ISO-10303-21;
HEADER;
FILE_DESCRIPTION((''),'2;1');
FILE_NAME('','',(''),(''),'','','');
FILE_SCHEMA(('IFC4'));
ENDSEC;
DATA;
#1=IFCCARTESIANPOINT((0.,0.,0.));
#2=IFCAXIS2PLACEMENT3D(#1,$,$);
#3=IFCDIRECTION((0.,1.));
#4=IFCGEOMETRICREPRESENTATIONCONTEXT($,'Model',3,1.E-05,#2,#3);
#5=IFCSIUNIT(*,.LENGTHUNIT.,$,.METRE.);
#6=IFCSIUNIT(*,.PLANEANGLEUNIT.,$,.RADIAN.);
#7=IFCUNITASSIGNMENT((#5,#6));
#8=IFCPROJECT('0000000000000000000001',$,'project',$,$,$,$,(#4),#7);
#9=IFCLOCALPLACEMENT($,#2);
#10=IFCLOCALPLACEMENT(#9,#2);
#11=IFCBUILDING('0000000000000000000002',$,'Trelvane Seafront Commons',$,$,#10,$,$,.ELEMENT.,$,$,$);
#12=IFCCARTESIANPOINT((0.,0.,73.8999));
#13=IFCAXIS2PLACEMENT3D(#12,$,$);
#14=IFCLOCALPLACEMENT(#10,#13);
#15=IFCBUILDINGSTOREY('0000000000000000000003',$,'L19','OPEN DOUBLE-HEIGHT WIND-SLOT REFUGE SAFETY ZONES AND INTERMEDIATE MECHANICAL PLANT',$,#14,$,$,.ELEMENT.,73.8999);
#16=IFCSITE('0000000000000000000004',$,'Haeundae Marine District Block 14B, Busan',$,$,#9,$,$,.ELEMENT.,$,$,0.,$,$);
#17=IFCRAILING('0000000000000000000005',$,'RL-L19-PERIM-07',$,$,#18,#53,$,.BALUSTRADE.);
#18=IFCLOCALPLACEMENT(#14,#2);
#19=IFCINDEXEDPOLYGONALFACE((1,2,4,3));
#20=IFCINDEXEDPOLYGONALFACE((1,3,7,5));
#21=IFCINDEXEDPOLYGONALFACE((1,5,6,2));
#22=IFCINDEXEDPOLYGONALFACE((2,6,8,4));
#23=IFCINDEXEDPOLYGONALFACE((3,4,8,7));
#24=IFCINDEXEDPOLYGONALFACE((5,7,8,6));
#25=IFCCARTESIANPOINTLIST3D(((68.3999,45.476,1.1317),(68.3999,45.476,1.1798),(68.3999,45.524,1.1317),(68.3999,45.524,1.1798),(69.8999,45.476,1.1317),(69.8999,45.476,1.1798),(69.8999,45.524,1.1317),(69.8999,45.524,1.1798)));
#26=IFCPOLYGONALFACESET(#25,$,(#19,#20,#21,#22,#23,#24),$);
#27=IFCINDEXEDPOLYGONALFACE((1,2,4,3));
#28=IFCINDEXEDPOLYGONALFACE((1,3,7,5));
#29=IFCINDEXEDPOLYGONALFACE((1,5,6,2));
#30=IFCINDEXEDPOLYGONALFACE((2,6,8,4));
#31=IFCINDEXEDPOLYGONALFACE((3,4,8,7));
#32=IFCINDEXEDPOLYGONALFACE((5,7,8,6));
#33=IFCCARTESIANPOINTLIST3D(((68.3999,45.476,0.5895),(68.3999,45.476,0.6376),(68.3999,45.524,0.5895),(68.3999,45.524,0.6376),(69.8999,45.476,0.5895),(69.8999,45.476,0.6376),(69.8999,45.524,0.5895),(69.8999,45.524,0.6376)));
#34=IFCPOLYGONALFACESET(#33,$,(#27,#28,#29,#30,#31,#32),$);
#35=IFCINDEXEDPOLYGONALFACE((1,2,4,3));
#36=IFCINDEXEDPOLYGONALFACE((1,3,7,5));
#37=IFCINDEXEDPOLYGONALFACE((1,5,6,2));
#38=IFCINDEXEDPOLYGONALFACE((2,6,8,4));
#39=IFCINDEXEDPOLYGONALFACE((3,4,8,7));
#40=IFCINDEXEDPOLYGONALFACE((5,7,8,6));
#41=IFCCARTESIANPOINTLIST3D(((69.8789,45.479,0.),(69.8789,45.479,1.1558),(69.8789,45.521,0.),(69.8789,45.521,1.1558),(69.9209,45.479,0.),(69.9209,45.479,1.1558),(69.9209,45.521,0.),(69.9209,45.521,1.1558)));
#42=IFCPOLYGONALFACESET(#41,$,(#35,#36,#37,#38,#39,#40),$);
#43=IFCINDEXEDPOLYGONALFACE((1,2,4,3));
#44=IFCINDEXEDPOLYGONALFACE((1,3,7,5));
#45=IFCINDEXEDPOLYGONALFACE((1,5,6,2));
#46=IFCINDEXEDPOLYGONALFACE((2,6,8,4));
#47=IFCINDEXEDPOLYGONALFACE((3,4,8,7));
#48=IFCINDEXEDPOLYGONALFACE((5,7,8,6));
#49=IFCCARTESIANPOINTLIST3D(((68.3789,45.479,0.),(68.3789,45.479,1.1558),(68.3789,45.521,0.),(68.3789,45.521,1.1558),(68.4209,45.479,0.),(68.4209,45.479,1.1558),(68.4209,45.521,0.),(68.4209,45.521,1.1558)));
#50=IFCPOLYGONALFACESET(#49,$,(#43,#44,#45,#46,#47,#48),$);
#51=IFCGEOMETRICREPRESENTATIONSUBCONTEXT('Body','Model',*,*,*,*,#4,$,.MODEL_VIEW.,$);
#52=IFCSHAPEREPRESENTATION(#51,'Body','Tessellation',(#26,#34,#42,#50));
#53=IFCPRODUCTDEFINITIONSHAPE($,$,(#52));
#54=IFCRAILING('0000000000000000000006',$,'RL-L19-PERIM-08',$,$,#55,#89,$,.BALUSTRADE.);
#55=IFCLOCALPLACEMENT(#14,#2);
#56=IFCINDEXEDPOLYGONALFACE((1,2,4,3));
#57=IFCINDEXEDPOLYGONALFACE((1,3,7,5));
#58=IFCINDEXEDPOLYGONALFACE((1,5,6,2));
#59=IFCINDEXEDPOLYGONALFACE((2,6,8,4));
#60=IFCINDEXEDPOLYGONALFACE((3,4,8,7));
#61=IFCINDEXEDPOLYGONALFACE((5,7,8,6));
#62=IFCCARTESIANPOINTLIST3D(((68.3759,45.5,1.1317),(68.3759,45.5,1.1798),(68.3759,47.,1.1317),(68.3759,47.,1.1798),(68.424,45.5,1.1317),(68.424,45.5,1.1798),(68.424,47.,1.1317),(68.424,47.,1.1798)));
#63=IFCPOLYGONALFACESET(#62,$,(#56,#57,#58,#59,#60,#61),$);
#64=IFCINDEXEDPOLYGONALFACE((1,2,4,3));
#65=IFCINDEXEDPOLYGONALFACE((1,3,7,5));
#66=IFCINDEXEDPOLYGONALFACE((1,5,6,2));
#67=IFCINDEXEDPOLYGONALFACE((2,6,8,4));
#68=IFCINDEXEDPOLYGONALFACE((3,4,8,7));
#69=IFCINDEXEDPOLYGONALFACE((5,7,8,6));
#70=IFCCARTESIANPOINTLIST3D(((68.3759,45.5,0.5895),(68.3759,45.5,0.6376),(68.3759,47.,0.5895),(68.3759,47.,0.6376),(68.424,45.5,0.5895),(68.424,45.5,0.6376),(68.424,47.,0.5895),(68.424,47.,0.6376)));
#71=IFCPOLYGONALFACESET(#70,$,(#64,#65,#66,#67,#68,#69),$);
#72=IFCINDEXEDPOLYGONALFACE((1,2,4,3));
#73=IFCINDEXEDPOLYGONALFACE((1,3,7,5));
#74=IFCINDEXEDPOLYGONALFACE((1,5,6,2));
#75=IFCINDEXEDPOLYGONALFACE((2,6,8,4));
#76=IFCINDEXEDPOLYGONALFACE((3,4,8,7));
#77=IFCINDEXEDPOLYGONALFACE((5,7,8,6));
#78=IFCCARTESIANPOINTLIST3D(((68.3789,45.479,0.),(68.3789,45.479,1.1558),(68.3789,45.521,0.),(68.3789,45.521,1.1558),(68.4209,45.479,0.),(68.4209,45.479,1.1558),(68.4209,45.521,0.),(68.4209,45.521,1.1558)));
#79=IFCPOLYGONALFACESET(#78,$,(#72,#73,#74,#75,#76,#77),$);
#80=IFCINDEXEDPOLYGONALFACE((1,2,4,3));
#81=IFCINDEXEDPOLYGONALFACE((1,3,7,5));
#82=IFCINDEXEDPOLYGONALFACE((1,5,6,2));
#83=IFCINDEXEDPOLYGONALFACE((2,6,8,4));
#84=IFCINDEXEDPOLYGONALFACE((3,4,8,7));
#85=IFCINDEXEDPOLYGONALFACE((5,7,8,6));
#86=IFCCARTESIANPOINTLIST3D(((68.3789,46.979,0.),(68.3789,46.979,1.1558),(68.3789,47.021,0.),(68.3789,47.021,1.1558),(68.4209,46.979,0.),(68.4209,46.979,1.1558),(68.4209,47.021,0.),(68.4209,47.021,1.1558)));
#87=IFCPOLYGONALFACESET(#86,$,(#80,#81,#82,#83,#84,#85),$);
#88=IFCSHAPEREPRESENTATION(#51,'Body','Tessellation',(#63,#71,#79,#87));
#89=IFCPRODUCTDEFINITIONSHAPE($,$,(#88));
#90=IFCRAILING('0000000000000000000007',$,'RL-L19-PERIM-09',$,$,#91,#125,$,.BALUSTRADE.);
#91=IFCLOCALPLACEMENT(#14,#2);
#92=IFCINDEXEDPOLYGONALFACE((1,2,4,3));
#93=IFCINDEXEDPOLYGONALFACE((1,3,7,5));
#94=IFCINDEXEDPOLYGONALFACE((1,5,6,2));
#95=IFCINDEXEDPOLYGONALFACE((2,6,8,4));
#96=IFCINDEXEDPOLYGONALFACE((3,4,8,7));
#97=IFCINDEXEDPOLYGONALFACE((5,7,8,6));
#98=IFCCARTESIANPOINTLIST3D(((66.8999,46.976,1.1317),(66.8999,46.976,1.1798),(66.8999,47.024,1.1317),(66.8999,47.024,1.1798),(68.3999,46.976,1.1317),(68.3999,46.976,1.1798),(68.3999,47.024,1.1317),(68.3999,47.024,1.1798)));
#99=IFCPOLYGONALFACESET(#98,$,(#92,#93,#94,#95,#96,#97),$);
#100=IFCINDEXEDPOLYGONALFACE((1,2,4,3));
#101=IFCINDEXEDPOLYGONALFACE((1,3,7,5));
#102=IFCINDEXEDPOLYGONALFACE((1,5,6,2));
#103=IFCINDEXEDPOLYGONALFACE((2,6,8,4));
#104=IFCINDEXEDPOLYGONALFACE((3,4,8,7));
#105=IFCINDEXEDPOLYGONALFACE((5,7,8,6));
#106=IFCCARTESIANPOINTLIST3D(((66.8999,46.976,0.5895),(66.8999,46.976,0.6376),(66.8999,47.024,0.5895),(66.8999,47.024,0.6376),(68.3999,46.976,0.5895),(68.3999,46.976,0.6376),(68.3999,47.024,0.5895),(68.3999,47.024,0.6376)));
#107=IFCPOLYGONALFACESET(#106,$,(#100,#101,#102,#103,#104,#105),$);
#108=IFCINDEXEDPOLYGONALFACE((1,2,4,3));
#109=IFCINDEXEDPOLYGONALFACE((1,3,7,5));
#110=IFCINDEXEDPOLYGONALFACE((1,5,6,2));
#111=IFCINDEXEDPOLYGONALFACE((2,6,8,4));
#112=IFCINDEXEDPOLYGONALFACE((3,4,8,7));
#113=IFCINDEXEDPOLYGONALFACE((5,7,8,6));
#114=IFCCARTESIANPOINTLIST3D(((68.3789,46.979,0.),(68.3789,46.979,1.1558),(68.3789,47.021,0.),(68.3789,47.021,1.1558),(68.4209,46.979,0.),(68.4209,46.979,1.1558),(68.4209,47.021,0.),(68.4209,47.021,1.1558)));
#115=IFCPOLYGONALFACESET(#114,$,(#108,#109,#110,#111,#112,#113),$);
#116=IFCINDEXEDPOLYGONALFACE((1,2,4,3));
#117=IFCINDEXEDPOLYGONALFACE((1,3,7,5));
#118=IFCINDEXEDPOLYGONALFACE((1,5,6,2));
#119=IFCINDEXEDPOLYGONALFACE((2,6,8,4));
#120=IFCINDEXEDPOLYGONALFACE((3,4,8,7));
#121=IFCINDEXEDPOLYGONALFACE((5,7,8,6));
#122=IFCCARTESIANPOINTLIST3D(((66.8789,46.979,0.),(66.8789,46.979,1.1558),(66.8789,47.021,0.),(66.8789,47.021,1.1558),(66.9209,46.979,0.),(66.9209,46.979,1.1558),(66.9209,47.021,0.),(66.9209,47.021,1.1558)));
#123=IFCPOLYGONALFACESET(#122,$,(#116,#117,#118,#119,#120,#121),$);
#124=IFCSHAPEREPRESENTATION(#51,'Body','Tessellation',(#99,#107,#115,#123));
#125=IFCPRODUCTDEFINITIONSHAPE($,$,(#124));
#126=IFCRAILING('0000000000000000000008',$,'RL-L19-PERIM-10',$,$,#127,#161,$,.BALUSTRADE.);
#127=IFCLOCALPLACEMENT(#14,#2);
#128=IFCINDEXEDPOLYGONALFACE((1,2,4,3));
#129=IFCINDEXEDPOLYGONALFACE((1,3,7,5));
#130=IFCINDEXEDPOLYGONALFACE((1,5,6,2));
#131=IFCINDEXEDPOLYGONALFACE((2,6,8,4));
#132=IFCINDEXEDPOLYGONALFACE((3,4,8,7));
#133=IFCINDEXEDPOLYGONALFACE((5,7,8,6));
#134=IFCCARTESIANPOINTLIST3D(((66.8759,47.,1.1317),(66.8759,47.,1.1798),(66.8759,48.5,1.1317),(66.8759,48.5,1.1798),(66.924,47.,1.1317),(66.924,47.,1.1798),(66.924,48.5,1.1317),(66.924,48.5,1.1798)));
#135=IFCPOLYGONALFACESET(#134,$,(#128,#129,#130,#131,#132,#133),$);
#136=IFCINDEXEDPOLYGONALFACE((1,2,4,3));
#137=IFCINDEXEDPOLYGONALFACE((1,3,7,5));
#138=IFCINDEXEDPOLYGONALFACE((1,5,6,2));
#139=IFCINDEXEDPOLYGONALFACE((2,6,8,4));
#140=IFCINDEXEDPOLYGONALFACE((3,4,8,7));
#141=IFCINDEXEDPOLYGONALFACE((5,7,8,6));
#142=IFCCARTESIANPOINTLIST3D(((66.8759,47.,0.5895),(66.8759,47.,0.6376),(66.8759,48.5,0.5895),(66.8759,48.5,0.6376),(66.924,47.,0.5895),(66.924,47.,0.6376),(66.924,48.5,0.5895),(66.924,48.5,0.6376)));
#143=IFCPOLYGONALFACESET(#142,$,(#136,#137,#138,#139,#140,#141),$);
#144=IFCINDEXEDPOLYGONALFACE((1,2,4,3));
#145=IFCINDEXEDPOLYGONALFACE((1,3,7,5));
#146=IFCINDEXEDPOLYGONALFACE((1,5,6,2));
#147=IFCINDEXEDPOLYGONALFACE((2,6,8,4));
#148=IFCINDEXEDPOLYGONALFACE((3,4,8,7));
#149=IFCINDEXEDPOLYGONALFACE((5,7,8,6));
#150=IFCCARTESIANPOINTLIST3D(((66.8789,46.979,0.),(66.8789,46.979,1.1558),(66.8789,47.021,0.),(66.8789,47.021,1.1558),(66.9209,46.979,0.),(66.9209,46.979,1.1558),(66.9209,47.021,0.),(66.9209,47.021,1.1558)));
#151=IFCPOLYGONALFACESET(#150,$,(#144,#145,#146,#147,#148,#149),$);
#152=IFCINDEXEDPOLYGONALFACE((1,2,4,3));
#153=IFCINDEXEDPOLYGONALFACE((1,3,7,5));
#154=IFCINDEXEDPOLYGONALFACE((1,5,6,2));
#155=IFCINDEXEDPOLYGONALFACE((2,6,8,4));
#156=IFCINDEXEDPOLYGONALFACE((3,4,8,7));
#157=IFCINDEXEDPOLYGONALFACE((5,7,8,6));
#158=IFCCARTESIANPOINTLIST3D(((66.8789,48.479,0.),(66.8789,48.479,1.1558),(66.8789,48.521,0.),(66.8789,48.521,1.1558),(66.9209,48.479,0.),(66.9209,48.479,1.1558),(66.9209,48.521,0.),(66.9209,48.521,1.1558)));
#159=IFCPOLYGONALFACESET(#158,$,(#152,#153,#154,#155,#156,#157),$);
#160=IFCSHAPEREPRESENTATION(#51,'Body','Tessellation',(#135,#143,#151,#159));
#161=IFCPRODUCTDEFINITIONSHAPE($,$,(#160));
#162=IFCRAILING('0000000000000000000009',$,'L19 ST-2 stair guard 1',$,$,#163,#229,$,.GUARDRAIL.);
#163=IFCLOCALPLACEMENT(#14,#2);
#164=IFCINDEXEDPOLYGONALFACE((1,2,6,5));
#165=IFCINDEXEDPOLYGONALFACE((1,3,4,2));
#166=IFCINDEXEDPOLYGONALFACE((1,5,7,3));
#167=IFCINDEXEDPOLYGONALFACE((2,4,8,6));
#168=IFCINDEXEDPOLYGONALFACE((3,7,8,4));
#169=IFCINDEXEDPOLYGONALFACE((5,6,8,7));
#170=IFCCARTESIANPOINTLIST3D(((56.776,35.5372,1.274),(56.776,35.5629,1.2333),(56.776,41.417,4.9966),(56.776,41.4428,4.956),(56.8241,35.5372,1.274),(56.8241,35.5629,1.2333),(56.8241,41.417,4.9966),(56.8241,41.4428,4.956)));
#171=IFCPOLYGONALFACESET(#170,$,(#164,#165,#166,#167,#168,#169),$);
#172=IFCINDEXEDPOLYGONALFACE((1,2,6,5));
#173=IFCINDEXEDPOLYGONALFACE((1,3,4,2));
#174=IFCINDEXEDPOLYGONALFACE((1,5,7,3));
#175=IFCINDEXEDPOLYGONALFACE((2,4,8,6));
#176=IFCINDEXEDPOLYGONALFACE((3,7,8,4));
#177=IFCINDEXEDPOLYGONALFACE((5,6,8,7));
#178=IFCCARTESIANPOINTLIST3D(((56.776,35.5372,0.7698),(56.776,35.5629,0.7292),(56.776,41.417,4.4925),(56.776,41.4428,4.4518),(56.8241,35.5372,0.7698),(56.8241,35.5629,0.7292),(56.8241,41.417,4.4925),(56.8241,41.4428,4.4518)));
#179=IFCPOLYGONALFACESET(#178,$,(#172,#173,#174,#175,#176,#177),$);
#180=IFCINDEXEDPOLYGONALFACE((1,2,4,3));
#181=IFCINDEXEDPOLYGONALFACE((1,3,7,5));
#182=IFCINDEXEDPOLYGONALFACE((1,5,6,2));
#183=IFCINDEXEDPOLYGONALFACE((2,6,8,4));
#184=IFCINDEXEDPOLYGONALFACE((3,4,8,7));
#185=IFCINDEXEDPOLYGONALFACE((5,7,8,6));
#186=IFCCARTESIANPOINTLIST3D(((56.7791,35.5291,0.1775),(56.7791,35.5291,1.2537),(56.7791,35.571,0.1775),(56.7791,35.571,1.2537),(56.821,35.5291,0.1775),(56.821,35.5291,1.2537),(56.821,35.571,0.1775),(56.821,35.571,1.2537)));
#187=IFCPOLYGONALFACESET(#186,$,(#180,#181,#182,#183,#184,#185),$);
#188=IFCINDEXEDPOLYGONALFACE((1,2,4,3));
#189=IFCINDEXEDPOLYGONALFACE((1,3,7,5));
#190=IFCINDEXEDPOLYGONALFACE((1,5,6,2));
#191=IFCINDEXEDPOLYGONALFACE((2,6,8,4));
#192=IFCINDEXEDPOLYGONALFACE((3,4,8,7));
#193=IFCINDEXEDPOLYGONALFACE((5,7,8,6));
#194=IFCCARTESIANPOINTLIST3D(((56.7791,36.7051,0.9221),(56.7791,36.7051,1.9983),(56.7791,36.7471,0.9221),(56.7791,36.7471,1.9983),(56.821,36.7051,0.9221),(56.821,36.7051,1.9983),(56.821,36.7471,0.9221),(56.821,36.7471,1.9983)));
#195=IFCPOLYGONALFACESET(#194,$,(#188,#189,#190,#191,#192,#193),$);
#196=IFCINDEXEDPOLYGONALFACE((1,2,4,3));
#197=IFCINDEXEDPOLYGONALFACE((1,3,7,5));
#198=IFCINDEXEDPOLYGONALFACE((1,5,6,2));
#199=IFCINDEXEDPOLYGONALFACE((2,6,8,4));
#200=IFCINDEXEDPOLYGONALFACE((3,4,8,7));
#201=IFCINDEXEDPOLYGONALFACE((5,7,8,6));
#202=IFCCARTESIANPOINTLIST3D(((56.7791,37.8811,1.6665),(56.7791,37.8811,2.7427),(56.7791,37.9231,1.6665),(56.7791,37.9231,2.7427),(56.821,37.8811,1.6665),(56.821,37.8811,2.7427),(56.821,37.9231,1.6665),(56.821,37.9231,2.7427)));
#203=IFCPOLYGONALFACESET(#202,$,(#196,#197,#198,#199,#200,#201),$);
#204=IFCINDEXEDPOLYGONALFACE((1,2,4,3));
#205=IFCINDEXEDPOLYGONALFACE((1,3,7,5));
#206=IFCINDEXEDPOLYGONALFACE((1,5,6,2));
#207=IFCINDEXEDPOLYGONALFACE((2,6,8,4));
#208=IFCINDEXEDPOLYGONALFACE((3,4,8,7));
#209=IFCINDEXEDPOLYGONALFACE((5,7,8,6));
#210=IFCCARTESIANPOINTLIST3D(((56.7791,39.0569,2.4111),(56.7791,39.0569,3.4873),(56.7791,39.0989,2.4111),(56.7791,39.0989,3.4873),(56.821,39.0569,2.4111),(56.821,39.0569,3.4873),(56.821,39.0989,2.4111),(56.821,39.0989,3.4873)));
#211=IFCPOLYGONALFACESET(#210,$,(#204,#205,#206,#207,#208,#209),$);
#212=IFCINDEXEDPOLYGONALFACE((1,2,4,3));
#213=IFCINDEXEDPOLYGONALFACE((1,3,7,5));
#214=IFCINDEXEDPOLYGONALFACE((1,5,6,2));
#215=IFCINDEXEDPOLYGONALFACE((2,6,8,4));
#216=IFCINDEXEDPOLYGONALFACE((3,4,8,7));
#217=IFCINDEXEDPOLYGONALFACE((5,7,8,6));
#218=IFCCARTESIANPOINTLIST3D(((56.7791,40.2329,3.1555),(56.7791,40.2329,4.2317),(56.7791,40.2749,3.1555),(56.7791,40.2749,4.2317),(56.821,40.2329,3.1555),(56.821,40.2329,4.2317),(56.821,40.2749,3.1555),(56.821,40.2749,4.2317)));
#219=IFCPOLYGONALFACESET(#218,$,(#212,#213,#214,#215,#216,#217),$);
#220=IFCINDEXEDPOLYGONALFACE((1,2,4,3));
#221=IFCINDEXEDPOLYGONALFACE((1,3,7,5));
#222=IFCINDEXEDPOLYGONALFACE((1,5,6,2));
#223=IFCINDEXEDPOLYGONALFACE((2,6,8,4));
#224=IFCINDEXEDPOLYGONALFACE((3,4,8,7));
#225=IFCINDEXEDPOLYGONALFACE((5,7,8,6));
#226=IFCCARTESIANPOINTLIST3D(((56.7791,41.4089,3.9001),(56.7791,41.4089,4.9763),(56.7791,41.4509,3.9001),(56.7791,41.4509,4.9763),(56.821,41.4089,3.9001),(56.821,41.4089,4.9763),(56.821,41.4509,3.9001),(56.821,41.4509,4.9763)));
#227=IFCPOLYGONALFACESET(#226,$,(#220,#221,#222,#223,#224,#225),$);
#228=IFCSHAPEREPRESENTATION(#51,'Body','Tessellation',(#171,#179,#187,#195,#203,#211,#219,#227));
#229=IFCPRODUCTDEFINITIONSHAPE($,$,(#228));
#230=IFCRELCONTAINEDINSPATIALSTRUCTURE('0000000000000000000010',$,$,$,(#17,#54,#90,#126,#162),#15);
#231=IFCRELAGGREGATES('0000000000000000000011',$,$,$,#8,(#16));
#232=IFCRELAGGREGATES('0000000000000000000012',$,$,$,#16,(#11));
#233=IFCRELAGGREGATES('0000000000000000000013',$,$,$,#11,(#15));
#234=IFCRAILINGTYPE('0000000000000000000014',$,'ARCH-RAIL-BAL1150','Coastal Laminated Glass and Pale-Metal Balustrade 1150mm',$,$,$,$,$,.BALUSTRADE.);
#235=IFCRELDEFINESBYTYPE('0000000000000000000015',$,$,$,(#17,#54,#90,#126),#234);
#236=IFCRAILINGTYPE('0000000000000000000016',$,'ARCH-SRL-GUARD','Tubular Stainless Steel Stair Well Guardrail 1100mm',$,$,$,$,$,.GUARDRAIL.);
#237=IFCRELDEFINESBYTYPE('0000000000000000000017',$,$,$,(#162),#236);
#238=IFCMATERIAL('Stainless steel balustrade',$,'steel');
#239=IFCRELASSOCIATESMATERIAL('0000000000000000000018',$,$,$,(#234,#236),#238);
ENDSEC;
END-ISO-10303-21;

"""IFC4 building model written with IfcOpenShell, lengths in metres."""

from ifc_helpers import new_model, si_unit, direction, frame, origin, origin_2d, place, context, subcontext, project, spatial, rectangle, extrude, material, type_object, element, save


model = new_model("IFC4")

# Units and contexts
model_context = context("Model", 3, precision=1e-05, world=origin(), true_north=direction((0.0, 1.0)))
body_context = subcontext(model_context, "Body", "Model", "MODEL_VIEW")
ifc_project = project(units=[si_unit("LENGTHUNIT", "METRE"), si_unit("PLANEANGLEUNIT", "RADIAN")], contexts=[model_context])

# Site, building, storey
site_placement = place(None, origin())
site = spatial("IfcSite", under=ifc_project, at=site_placement, Name="Haeundae Marine District Block 14B, Busan", CompositionType="ELEMENT", RefElevation=0.0)
building_placement = place(site_placement, origin())
building = spatial("IfcBuilding", under=site, at=building_placement, Name="Trelvane Seafront Commons", CompositionType="ELEMENT")
storey_placement = place(building_placement, frame((0.0, 0.0, 73.8999)))
storey = spatial("IfcBuildingStorey", under=building, at=storey_placement, Name="L19", Description="OPEN DOUBLE-HEIGHT WIND-SLOT REFUGE SAFETY ZONES AND INTERMEDIATE MECHANICAL PLANT", CompositionType="ELEMENT", Elevation=73.8999)

# Railings
ifc_material_1 = material(Name="Stainless steel balustrade", Category="steel")
railing_type_1 = type_object("IfcRailingType", Name="ARCH-RAIL-BAL1150", Description="Coastal Laminated Glass and Pale-Metal Balustrade 1150mm", PredefinedType="BALUSTRADE", material=ifc_material_1)
railing_1_placement = place(storey_placement, frame((69.8999, 45.5, 0.0)))
element("IfcRailing", 1, at=railing_1_placement, inside=storey, type_object=railing_type_1, Name="RL-L19-PERIM-07", PredefinedType="BALUSTRADE", context=body_context, shape_type="SweptSolid", body=[
    extrude(rectangle(XDim=0.0481, YDim=0.0481, at=origin_2d()), frame((0.0, 0.0, 1.1558), z_axis=(-1.0, 0.0, 0.0), x_axis=(0.0, -1.0, 0.0)), (0.0, 0.0, 1.0), 1.5),
    extrude(rectangle(XDim=0.0481, YDim=0.0481, at=origin_2d()), frame((0.0, 0.0, 0.6135), z_axis=(-1.0, 0.0, 0.0), x_axis=(0.0, -1.0, 0.0)), (0.0, 0.0, 1.0), 1.5),
    extrude(rectangle(XDim=0.042, YDim=0.042, at=origin_2d()), origin(), (0.0, 0.0, 1.0), 1.1558),
    extrude(rectangle(XDim=0.042, YDim=0.042, at=origin_2d()), frame((-1.5, 0.0, 0.0)), (0.0, 0.0, 1.0), 1.1558),
])
railing_2_placement = place(storey_placement, frame((68.3999, 45.5, 0.0)))
element("IfcRailing", 2, at=railing_2_placement, inside=storey, type_object=railing_type_1, Name="RL-L19-PERIM-08", PredefinedType="BALUSTRADE", context=body_context, shape_type="SweptSolid", body=[
    extrude(rectangle(XDim=0.0481, YDim=0.0481, at=origin_2d()), frame((0.0, 0.0, 1.1558), z_axis=(0.0, 1.0, 0.0), x_axis=(-1.0, 0.0, 0.0)), (0.0, 0.0, 1.0), 1.5),
    extrude(rectangle(XDim=0.0481, YDim=0.0481, at=origin_2d()), frame((0.0, 0.0, 0.6135), z_axis=(0.0, 1.0, 0.0), x_axis=(-1.0, 0.0, 0.0)), (0.0, 0.0, 1.0), 1.5),
    extrude(rectangle(XDim=0.042, YDim=0.042, at=origin_2d()), origin(), (0.0, 0.0, 1.0), 1.1558),
    extrude(rectangle(XDim=0.042, YDim=0.042, at=origin_2d()), frame((0.0, 1.5, 0.0)), (0.0, 0.0, 1.0), 1.1558),
])
railing_3_placement = place(storey_placement, frame((68.3999, 47.0, 0.0)))
element("IfcRailing", 3, at=railing_3_placement, inside=storey, type_object=railing_type_1, Name="RL-L19-PERIM-09", PredefinedType="BALUSTRADE", context=body_context, shape_type="SweptSolid", body=[
    extrude(rectangle(XDim=0.0481, YDim=0.0481, at=origin_2d()), frame((0.0, 0.0, 1.1558), z_axis=(-1.0, 0.0, 0.0), x_axis=(0.0, -1.0, 0.0)), (0.0, 0.0, 1.0), 1.5),
    extrude(rectangle(XDim=0.0481, YDim=0.0481, at=origin_2d()), frame((0.0, 0.0, 0.6135), z_axis=(-1.0, 0.0, 0.0), x_axis=(0.0, -1.0, 0.0)), (0.0, 0.0, 1.0), 1.5),
    extrude(rectangle(XDim=0.042, YDim=0.042, at=origin_2d()), origin(), (0.0, 0.0, 1.0), 1.1558),
    extrude(rectangle(XDim=0.042, YDim=0.042, at=origin_2d()), frame((-1.5, 0.0, 0.0)), (0.0, 0.0, 1.0), 1.1558),
])
railing_4_placement = place(storey_placement, frame((66.8999, 47.0, 0.0)))
element("IfcRailing", 4, at=railing_4_placement, inside=storey, type_object=railing_type_1, Name="RL-L19-PERIM-10", PredefinedType="BALUSTRADE", context=body_context, shape_type="SweptSolid", body=[
    extrude(rectangle(XDim=0.0481, YDim=0.0481, at=origin_2d()), frame((0.0, 0.0, 1.1558), z_axis=(0.0, 1.0, 0.0), x_axis=(-1.0, 0.0, 0.0)), (0.0, 0.0, 1.0), 1.5),
    extrude(rectangle(XDim=0.0481, YDim=0.0481, at=origin_2d()), frame((0.0, 0.0, 0.6135), z_axis=(0.0, 1.0, 0.0), x_axis=(-1.0, 0.0, 0.0)), (0.0, 0.0, 1.0), 1.5),
    extrude(rectangle(XDim=0.042, YDim=0.042, at=origin_2d()), origin(), (0.0, 0.0, 1.0), 1.1558),
    extrude(rectangle(XDim=0.042, YDim=0.042, at=origin_2d()), frame((0.0, 1.5, 0.0)), (0.0, 0.0, 1.0), 1.1558),
])
railing_type_2 = type_object("IfcRailingType", Name="ARCH-SRL-GUARD", Description="Tubular Stainless Steel Stair Well Guardrail 1100mm", PredefinedType="GUARDRAIL", material=ifc_material_1)
railing_5_placement = place(storey_placement, frame((56.8, 35.55, 0.1775)))
element("IfcRailing", 5, at=railing_5_placement, inside=storey, type_object=railing_type_2, Name="L19 ST-2 stair guard 1", PredefinedType="GUARDRAIL", context=body_context, shape_type="SweptSolid", body=[
    extrude(rectangle(XDim=0.0481, YDim=0.0481, at=origin_2d()), frame((0.0, 0.0, 1.0762), z_axis=(0.0, 0.844902, 0.534922), x_axis=(-1.0, 0.0, 0.0)), (0.0, 0.0, 1.0), 6.9592),
    extrude(rectangle(XDim=0.0481, YDim=0.0481, at=origin_2d()), frame((0.0, 0.0, 0.572), z_axis=(0.0, 0.844902, 0.534922), x_axis=(-1.0, 0.0, 0.0)), (0.0, 0.0, 1.0), 6.9592),
    extrude(rectangle(XDim=0.042, YDim=0.042, at=origin_2d()), origin(), (0.0, 0.0, 1.0), 1.0762),
    extrude(rectangle(XDim=0.042, YDim=0.042, at=origin_2d()), frame((0.0, 1.176, 0.7446)), (0.0, 0.0, 1.0), 1.0762),
    extrude(rectangle(XDim=0.042, YDim=0.042, at=origin_2d()), frame((0.0, 2.3521, 1.489)), (0.0, 0.0, 1.0), 1.0762),
    extrude(rectangle(XDim=0.042, YDim=0.042, at=origin_2d()), frame((0.0, 3.5278, 2.2336)), (0.0, 0.0, 1.0), 1.0762),
    extrude(rectangle(XDim=0.042, YDim=0.042, at=origin_2d()), frame((0.0, 4.7039, 2.978)), (0.0, 0.0, 1.0), 1.0762),
    extrude(rectangle(XDim=0.042, YDim=0.042, at=origin_2d()), frame((0.0, 5.8799, 3.7227)), (0.0, 0.0, 1.0), 1.0762),
])

save(model, "model.ifc")
